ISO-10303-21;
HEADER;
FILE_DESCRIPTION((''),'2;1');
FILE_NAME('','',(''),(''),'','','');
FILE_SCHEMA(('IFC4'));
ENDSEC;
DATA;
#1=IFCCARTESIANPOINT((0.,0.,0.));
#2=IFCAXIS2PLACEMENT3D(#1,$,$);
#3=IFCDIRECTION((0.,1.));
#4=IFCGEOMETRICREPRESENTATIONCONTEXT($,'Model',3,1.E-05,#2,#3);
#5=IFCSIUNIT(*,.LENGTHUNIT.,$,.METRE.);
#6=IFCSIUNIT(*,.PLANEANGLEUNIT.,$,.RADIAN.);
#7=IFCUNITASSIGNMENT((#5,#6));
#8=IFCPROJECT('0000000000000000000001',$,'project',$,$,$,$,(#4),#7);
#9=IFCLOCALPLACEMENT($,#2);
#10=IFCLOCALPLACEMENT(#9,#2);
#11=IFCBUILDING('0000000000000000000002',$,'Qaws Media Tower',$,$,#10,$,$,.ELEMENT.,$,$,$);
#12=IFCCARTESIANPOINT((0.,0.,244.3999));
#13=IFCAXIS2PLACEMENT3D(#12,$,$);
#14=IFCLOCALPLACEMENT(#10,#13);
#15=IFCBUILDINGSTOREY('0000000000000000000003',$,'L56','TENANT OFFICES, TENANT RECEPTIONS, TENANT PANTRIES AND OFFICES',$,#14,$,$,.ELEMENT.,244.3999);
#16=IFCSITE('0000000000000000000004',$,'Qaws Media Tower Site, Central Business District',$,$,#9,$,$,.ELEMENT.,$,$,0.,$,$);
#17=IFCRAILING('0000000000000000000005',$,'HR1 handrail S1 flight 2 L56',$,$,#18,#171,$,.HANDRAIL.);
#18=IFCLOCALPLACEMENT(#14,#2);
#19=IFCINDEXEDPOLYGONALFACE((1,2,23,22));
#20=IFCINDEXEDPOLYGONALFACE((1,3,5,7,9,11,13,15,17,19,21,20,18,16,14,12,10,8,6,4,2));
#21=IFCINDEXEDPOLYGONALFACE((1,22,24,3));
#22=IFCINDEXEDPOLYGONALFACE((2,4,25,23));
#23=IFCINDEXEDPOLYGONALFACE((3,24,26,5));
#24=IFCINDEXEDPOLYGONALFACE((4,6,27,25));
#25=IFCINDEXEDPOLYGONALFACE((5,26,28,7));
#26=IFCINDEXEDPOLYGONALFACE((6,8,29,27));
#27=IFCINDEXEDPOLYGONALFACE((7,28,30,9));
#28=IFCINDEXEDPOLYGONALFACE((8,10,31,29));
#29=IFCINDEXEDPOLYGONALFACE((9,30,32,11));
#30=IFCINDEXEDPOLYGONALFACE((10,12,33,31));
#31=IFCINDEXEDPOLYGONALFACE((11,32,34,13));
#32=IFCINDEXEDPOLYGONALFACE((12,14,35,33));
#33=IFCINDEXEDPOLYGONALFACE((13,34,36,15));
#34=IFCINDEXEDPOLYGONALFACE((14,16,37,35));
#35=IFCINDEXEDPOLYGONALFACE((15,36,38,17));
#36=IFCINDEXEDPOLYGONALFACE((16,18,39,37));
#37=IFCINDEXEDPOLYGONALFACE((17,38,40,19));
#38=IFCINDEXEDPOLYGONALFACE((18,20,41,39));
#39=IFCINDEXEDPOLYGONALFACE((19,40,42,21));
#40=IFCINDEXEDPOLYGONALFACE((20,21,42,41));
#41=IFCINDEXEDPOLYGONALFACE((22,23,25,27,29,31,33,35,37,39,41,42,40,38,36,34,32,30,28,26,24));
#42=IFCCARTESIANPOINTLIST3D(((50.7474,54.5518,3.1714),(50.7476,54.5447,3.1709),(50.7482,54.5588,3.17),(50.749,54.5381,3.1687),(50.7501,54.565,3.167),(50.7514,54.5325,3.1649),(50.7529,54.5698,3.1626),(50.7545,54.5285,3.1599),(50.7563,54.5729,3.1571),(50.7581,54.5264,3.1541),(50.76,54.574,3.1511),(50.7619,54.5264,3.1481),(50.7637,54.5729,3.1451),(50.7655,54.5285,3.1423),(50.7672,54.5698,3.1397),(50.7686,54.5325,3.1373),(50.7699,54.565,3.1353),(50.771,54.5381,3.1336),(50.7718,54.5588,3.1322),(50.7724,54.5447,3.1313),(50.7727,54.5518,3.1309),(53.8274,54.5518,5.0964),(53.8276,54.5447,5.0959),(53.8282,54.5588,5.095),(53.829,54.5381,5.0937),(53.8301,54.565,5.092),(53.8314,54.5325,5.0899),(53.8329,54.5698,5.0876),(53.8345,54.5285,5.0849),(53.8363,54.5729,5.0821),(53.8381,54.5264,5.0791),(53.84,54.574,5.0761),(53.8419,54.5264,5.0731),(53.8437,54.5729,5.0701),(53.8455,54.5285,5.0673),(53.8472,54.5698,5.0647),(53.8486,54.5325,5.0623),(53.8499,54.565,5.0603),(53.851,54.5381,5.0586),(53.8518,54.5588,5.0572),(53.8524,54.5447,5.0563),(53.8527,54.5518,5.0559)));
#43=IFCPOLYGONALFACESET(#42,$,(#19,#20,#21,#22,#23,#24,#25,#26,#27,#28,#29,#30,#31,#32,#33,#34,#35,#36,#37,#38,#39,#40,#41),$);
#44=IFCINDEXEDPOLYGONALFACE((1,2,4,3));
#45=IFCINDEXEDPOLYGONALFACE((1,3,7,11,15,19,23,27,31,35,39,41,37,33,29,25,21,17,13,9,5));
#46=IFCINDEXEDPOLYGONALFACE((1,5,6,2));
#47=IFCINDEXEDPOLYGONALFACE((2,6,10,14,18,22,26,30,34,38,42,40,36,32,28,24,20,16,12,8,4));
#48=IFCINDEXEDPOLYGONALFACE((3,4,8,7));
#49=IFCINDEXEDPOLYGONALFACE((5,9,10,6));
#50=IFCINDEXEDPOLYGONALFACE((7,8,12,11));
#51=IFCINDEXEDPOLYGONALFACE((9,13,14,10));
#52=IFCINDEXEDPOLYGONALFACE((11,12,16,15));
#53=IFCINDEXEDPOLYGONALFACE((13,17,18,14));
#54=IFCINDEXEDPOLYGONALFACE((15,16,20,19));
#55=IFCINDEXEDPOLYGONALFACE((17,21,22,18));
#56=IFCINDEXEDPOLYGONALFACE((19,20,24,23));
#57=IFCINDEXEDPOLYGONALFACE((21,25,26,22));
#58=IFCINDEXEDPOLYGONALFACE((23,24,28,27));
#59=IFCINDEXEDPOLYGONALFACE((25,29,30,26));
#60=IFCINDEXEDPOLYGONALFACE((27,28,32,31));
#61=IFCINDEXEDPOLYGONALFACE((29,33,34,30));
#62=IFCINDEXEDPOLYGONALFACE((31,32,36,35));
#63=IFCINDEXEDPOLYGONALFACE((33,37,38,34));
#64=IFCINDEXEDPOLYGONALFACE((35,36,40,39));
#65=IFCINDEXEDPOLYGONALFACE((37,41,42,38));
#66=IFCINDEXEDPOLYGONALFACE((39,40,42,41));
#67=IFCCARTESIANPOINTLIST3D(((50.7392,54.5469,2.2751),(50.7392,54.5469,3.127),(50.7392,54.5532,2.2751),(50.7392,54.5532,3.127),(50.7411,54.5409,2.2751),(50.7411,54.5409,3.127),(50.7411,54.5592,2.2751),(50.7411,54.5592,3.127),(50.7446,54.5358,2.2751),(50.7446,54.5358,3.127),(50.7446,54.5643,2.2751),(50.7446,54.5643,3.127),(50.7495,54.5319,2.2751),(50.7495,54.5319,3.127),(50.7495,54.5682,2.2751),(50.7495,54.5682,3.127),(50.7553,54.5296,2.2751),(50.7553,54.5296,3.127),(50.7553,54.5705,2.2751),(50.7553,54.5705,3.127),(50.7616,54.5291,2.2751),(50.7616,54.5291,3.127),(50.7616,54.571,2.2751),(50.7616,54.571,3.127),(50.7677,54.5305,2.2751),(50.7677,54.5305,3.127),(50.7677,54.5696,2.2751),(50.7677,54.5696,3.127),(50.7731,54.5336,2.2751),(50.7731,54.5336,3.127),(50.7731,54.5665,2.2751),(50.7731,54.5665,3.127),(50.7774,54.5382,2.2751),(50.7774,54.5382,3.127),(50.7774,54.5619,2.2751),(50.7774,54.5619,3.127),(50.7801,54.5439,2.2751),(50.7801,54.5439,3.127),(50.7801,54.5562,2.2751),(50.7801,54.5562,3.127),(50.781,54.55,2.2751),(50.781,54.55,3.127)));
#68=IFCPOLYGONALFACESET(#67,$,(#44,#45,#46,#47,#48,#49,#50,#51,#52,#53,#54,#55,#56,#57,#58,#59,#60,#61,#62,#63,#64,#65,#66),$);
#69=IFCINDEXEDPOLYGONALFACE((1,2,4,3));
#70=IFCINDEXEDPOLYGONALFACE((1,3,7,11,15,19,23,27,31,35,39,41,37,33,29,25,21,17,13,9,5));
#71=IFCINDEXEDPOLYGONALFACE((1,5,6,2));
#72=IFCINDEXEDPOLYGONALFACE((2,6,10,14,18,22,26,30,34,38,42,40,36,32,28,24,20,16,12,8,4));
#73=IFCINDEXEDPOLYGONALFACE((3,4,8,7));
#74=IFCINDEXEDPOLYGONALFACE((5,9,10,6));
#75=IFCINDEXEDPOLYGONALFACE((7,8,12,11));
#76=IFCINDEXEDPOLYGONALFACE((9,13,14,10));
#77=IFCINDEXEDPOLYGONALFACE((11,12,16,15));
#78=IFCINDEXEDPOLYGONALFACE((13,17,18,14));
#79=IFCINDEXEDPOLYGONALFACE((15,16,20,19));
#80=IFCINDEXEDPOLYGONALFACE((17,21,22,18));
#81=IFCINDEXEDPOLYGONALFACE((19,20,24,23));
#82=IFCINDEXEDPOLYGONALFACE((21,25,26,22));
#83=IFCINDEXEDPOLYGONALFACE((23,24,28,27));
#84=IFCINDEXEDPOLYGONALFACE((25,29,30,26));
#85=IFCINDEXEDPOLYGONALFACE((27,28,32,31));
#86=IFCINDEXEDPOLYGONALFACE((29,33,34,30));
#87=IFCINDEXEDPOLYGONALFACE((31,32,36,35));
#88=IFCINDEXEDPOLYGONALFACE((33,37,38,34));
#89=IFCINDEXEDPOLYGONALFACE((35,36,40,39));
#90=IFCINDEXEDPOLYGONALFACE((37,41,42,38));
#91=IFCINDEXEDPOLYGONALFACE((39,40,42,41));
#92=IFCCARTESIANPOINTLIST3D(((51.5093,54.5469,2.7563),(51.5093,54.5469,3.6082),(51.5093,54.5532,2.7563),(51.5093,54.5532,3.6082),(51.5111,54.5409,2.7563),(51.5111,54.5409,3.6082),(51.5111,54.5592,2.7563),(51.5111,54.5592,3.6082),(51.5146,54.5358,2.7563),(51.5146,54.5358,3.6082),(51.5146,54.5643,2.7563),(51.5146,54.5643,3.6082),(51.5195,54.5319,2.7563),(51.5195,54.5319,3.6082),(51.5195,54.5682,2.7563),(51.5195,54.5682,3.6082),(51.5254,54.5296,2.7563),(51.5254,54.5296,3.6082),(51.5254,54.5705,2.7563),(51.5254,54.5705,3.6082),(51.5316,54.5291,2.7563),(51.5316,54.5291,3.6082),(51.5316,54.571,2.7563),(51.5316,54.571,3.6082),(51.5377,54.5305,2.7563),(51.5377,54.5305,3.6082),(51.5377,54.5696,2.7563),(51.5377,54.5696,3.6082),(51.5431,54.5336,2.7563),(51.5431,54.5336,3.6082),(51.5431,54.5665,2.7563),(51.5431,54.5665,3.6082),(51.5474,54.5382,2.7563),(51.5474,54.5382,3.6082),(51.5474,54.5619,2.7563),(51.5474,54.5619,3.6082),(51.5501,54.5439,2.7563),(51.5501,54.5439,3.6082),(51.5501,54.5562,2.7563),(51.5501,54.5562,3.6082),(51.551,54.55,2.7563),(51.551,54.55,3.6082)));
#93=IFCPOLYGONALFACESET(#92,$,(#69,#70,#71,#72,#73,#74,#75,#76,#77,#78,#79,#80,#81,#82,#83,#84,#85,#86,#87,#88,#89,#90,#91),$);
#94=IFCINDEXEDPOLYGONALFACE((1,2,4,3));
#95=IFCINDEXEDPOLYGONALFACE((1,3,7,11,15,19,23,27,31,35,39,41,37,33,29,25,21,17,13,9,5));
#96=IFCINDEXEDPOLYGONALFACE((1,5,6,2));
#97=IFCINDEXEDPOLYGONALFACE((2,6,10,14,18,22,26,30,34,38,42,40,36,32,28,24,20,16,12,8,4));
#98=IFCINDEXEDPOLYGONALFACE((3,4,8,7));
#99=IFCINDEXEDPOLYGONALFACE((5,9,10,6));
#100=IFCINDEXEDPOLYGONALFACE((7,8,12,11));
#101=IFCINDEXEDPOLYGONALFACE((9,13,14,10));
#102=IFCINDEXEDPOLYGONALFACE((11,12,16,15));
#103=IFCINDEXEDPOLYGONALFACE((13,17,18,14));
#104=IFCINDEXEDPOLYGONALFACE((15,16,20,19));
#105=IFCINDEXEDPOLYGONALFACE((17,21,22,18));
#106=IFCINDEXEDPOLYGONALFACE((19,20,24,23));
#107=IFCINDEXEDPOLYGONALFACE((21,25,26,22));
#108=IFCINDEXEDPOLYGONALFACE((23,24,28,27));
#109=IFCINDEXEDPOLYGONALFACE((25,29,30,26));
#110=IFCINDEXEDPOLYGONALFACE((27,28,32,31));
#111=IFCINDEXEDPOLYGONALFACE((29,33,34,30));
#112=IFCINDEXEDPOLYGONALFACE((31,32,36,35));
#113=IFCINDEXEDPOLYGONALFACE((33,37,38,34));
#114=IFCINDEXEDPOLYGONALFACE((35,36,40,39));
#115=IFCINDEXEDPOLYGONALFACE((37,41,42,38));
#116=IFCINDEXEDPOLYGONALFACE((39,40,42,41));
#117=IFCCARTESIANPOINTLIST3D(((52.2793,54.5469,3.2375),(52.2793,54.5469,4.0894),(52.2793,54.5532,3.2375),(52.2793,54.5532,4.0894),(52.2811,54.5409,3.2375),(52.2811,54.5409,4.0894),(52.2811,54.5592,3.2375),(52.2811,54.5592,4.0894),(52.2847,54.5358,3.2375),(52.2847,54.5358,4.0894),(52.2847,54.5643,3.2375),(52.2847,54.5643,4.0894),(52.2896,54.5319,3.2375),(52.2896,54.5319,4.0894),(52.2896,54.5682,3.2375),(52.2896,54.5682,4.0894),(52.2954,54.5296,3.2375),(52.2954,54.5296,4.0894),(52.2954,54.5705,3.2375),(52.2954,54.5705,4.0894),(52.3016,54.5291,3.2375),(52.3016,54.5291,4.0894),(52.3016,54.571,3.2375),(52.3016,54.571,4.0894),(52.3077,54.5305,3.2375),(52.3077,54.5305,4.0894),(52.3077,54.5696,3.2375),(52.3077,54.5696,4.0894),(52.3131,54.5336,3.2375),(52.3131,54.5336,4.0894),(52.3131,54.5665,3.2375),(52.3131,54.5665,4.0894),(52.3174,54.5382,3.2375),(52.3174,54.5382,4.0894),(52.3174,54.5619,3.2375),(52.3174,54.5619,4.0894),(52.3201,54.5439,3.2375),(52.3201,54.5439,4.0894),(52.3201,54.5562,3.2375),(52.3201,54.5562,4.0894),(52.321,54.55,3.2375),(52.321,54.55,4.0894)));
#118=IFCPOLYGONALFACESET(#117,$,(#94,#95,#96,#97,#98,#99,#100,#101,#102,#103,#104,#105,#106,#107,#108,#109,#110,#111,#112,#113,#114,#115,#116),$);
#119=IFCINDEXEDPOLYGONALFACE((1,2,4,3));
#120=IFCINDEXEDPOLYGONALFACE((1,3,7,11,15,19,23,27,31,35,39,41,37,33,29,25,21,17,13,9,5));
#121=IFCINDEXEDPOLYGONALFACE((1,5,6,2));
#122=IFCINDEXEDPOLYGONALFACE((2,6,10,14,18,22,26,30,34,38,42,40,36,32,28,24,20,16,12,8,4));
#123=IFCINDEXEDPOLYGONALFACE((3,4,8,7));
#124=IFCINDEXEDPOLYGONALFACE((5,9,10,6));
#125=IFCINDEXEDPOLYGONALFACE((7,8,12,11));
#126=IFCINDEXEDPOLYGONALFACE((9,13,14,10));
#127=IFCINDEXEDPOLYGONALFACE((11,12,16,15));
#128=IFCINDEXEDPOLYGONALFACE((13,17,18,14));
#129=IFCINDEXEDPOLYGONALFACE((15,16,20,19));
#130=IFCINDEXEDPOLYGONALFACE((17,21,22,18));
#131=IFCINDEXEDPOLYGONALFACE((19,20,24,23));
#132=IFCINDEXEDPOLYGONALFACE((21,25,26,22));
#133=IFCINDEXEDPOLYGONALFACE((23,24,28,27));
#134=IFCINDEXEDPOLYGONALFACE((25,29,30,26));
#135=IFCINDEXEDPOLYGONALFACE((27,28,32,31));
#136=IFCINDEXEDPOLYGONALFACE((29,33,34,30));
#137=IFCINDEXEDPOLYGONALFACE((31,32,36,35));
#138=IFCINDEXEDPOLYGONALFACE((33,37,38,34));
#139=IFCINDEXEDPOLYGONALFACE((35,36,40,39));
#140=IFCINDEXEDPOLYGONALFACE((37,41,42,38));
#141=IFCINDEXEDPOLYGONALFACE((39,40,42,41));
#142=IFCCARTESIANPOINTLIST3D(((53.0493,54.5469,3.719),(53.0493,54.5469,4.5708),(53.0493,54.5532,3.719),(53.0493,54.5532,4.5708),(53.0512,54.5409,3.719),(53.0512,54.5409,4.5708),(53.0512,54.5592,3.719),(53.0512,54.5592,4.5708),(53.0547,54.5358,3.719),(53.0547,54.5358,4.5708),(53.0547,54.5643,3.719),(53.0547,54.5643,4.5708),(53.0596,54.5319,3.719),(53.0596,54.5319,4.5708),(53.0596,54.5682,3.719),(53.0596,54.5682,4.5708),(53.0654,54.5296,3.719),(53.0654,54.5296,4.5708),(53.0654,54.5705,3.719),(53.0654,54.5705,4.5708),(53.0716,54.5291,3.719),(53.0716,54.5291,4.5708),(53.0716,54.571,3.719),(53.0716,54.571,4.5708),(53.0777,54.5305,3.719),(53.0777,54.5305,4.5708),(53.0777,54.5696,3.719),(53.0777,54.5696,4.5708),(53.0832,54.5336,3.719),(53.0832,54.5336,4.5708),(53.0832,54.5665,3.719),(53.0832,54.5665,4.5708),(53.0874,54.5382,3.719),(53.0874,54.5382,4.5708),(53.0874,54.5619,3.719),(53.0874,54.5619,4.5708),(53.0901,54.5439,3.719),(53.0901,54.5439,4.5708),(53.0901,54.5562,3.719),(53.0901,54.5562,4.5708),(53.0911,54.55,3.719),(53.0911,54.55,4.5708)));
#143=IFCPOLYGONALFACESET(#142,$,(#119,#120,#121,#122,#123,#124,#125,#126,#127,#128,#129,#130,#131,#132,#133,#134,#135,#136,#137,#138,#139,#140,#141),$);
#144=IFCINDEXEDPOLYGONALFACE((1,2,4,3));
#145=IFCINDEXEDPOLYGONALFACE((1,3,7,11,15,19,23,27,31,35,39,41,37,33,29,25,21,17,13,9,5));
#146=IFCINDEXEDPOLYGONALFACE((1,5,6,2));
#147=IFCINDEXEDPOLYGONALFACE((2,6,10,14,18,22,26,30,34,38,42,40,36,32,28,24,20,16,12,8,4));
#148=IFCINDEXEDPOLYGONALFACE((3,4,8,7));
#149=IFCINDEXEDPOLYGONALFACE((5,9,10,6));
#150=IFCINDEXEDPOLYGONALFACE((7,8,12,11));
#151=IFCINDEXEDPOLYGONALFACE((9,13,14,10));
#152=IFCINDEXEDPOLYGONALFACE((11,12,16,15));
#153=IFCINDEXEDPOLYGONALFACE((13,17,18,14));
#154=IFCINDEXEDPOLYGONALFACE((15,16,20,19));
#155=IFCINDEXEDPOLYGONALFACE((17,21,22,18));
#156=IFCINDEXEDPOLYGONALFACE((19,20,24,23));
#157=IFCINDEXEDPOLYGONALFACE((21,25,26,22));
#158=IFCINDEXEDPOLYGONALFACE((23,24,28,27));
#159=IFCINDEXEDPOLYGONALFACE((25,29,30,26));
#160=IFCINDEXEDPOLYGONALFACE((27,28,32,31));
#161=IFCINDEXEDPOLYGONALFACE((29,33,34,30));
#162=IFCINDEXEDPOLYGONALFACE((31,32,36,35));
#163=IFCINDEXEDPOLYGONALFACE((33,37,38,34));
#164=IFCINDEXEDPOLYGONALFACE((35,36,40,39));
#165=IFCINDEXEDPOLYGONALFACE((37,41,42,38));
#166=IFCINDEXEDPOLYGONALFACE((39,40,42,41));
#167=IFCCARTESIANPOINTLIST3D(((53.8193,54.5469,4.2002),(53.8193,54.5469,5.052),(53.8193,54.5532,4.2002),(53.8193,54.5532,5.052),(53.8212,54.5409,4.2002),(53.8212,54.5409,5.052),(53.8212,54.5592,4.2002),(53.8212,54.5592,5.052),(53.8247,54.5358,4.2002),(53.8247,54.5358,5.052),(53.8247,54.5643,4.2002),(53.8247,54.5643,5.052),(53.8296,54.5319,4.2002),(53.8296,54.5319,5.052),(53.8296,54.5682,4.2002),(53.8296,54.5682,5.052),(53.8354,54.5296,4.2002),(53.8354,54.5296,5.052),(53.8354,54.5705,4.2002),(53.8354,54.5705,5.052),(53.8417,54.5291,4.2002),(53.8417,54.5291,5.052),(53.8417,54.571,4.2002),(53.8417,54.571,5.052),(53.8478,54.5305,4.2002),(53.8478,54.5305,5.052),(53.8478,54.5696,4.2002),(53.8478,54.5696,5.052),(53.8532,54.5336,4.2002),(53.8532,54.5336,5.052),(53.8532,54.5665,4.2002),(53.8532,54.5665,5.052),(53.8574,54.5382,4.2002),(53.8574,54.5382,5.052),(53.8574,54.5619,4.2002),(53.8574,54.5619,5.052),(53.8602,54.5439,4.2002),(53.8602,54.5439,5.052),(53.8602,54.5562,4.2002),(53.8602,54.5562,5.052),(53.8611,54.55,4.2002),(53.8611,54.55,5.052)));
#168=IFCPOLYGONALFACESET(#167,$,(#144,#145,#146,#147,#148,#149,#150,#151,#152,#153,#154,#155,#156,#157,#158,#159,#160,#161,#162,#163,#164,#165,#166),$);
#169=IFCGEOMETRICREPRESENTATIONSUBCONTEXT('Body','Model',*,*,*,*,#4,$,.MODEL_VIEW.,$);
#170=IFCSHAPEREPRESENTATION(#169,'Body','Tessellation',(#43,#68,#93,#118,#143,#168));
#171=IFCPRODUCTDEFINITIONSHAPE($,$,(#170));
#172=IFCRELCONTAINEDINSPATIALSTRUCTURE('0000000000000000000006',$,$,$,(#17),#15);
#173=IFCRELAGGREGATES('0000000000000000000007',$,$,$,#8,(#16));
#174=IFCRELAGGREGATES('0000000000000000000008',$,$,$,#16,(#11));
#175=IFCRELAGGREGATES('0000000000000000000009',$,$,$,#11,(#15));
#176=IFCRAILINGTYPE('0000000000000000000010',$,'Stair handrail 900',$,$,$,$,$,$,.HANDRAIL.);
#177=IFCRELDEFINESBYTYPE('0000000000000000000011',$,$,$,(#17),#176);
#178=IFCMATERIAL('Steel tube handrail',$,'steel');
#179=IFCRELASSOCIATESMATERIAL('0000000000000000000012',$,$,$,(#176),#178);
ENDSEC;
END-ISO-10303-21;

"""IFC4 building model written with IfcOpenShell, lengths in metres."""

from ifc_helpers import new_model, si_unit, direction, frame, origin, origin_2d, place, context, subcontext, project, spatial, circle, extrude, material, type_object, element, save


model = new_model("IFC4")

# Units and contexts
model_context = context("Model", 3, precision=1e-05, world=origin(), true_north=direction((0.0, 1.0)))
body_context = subcontext(model_context, "Body", "Model", "MODEL_VIEW")
ifc_project = project(units=[si_unit("LENGTHUNIT", "METRE"), si_unit("PLANEANGLEUNIT", "RADIAN")], contexts=[model_context])

# Site, building, storey
site_placement = place(None, origin())
site = spatial("IfcSite", under=ifc_project, at=site_placement, Name="Qaws Media Tower Site, Central Business District", CompositionType="ELEMENT", RefElevation=0.0)
building_placement = place(site_placement, origin())
building = spatial("IfcBuilding", under=site, at=building_placement, Name="Qaws Media Tower", CompositionType="ELEMENT")
storey_placement = place(building_placement, frame((0.0, 0.0, 244.3999)))
storey = spatial("IfcBuildingStorey", under=building, at=storey_placement, Name="L56", Description="TENANT OFFICES, TENANT RECEPTIONS, TENANT PANTRIES AND OFFICES", CompositionType="ELEMENT", Elevation=244.3999)

# Railing
ifc_material_1 = material(Name="Steel tube handrail", Category="steel")
railing_type = type_object("IfcRailingType", Name="Stair handrail 900", PredefinedType="HANDRAIL", material=ifc_material_1)
for number, where, name in (
    (1, (50.76, 54.55, 2.2751), "HR1 handrail S1 flight 2 L56"),
):
    element("IfcRailing", number, at=place(storey_placement, frame(where)), inside=storey, type_object=railing_type, Name=name, PredefinedType="HANDRAIL", context=body_context, shape_type="SweptSolid", body=[
        extrude(circle(Radius=0.0239, at=origin_2d()), frame((0.0, 0.0, 0.876), z_axis=(0.847998, 0.0, 0.529999), x_axis=(0.0, 1.0, 0.0)), (0.0, 0.0, 1.0), 3.6321),
        extrude(circle(Radius=0.021, at=origin_2d()), origin(), (0.0, 0.0, 1.0), 0.8518),
        extrude(circle(Radius=0.021, at=origin_2d()), frame((0.77, 0.0, 0.4812)), (0.0, 0.0, 1.0), 0.8518),
        extrude(circle(Radius=0.021, at=origin_2d()), frame((1.54, 0.0, 0.9624)), (0.0, 0.0, 1.0), 0.8518),
        extrude(circle(Radius=0.021, at=origin_2d()), frame((2.3101, 0.0, 1.4438)), (0.0, 0.0, 1.0), 0.8518),
        extrude(circle(Radius=0.021, at=origin_2d()), frame((3.0801, 0.0, 1.925)), (0.0, 0.0, 1.0), 0.8518),
    ])

save(model, "model.ifc")
